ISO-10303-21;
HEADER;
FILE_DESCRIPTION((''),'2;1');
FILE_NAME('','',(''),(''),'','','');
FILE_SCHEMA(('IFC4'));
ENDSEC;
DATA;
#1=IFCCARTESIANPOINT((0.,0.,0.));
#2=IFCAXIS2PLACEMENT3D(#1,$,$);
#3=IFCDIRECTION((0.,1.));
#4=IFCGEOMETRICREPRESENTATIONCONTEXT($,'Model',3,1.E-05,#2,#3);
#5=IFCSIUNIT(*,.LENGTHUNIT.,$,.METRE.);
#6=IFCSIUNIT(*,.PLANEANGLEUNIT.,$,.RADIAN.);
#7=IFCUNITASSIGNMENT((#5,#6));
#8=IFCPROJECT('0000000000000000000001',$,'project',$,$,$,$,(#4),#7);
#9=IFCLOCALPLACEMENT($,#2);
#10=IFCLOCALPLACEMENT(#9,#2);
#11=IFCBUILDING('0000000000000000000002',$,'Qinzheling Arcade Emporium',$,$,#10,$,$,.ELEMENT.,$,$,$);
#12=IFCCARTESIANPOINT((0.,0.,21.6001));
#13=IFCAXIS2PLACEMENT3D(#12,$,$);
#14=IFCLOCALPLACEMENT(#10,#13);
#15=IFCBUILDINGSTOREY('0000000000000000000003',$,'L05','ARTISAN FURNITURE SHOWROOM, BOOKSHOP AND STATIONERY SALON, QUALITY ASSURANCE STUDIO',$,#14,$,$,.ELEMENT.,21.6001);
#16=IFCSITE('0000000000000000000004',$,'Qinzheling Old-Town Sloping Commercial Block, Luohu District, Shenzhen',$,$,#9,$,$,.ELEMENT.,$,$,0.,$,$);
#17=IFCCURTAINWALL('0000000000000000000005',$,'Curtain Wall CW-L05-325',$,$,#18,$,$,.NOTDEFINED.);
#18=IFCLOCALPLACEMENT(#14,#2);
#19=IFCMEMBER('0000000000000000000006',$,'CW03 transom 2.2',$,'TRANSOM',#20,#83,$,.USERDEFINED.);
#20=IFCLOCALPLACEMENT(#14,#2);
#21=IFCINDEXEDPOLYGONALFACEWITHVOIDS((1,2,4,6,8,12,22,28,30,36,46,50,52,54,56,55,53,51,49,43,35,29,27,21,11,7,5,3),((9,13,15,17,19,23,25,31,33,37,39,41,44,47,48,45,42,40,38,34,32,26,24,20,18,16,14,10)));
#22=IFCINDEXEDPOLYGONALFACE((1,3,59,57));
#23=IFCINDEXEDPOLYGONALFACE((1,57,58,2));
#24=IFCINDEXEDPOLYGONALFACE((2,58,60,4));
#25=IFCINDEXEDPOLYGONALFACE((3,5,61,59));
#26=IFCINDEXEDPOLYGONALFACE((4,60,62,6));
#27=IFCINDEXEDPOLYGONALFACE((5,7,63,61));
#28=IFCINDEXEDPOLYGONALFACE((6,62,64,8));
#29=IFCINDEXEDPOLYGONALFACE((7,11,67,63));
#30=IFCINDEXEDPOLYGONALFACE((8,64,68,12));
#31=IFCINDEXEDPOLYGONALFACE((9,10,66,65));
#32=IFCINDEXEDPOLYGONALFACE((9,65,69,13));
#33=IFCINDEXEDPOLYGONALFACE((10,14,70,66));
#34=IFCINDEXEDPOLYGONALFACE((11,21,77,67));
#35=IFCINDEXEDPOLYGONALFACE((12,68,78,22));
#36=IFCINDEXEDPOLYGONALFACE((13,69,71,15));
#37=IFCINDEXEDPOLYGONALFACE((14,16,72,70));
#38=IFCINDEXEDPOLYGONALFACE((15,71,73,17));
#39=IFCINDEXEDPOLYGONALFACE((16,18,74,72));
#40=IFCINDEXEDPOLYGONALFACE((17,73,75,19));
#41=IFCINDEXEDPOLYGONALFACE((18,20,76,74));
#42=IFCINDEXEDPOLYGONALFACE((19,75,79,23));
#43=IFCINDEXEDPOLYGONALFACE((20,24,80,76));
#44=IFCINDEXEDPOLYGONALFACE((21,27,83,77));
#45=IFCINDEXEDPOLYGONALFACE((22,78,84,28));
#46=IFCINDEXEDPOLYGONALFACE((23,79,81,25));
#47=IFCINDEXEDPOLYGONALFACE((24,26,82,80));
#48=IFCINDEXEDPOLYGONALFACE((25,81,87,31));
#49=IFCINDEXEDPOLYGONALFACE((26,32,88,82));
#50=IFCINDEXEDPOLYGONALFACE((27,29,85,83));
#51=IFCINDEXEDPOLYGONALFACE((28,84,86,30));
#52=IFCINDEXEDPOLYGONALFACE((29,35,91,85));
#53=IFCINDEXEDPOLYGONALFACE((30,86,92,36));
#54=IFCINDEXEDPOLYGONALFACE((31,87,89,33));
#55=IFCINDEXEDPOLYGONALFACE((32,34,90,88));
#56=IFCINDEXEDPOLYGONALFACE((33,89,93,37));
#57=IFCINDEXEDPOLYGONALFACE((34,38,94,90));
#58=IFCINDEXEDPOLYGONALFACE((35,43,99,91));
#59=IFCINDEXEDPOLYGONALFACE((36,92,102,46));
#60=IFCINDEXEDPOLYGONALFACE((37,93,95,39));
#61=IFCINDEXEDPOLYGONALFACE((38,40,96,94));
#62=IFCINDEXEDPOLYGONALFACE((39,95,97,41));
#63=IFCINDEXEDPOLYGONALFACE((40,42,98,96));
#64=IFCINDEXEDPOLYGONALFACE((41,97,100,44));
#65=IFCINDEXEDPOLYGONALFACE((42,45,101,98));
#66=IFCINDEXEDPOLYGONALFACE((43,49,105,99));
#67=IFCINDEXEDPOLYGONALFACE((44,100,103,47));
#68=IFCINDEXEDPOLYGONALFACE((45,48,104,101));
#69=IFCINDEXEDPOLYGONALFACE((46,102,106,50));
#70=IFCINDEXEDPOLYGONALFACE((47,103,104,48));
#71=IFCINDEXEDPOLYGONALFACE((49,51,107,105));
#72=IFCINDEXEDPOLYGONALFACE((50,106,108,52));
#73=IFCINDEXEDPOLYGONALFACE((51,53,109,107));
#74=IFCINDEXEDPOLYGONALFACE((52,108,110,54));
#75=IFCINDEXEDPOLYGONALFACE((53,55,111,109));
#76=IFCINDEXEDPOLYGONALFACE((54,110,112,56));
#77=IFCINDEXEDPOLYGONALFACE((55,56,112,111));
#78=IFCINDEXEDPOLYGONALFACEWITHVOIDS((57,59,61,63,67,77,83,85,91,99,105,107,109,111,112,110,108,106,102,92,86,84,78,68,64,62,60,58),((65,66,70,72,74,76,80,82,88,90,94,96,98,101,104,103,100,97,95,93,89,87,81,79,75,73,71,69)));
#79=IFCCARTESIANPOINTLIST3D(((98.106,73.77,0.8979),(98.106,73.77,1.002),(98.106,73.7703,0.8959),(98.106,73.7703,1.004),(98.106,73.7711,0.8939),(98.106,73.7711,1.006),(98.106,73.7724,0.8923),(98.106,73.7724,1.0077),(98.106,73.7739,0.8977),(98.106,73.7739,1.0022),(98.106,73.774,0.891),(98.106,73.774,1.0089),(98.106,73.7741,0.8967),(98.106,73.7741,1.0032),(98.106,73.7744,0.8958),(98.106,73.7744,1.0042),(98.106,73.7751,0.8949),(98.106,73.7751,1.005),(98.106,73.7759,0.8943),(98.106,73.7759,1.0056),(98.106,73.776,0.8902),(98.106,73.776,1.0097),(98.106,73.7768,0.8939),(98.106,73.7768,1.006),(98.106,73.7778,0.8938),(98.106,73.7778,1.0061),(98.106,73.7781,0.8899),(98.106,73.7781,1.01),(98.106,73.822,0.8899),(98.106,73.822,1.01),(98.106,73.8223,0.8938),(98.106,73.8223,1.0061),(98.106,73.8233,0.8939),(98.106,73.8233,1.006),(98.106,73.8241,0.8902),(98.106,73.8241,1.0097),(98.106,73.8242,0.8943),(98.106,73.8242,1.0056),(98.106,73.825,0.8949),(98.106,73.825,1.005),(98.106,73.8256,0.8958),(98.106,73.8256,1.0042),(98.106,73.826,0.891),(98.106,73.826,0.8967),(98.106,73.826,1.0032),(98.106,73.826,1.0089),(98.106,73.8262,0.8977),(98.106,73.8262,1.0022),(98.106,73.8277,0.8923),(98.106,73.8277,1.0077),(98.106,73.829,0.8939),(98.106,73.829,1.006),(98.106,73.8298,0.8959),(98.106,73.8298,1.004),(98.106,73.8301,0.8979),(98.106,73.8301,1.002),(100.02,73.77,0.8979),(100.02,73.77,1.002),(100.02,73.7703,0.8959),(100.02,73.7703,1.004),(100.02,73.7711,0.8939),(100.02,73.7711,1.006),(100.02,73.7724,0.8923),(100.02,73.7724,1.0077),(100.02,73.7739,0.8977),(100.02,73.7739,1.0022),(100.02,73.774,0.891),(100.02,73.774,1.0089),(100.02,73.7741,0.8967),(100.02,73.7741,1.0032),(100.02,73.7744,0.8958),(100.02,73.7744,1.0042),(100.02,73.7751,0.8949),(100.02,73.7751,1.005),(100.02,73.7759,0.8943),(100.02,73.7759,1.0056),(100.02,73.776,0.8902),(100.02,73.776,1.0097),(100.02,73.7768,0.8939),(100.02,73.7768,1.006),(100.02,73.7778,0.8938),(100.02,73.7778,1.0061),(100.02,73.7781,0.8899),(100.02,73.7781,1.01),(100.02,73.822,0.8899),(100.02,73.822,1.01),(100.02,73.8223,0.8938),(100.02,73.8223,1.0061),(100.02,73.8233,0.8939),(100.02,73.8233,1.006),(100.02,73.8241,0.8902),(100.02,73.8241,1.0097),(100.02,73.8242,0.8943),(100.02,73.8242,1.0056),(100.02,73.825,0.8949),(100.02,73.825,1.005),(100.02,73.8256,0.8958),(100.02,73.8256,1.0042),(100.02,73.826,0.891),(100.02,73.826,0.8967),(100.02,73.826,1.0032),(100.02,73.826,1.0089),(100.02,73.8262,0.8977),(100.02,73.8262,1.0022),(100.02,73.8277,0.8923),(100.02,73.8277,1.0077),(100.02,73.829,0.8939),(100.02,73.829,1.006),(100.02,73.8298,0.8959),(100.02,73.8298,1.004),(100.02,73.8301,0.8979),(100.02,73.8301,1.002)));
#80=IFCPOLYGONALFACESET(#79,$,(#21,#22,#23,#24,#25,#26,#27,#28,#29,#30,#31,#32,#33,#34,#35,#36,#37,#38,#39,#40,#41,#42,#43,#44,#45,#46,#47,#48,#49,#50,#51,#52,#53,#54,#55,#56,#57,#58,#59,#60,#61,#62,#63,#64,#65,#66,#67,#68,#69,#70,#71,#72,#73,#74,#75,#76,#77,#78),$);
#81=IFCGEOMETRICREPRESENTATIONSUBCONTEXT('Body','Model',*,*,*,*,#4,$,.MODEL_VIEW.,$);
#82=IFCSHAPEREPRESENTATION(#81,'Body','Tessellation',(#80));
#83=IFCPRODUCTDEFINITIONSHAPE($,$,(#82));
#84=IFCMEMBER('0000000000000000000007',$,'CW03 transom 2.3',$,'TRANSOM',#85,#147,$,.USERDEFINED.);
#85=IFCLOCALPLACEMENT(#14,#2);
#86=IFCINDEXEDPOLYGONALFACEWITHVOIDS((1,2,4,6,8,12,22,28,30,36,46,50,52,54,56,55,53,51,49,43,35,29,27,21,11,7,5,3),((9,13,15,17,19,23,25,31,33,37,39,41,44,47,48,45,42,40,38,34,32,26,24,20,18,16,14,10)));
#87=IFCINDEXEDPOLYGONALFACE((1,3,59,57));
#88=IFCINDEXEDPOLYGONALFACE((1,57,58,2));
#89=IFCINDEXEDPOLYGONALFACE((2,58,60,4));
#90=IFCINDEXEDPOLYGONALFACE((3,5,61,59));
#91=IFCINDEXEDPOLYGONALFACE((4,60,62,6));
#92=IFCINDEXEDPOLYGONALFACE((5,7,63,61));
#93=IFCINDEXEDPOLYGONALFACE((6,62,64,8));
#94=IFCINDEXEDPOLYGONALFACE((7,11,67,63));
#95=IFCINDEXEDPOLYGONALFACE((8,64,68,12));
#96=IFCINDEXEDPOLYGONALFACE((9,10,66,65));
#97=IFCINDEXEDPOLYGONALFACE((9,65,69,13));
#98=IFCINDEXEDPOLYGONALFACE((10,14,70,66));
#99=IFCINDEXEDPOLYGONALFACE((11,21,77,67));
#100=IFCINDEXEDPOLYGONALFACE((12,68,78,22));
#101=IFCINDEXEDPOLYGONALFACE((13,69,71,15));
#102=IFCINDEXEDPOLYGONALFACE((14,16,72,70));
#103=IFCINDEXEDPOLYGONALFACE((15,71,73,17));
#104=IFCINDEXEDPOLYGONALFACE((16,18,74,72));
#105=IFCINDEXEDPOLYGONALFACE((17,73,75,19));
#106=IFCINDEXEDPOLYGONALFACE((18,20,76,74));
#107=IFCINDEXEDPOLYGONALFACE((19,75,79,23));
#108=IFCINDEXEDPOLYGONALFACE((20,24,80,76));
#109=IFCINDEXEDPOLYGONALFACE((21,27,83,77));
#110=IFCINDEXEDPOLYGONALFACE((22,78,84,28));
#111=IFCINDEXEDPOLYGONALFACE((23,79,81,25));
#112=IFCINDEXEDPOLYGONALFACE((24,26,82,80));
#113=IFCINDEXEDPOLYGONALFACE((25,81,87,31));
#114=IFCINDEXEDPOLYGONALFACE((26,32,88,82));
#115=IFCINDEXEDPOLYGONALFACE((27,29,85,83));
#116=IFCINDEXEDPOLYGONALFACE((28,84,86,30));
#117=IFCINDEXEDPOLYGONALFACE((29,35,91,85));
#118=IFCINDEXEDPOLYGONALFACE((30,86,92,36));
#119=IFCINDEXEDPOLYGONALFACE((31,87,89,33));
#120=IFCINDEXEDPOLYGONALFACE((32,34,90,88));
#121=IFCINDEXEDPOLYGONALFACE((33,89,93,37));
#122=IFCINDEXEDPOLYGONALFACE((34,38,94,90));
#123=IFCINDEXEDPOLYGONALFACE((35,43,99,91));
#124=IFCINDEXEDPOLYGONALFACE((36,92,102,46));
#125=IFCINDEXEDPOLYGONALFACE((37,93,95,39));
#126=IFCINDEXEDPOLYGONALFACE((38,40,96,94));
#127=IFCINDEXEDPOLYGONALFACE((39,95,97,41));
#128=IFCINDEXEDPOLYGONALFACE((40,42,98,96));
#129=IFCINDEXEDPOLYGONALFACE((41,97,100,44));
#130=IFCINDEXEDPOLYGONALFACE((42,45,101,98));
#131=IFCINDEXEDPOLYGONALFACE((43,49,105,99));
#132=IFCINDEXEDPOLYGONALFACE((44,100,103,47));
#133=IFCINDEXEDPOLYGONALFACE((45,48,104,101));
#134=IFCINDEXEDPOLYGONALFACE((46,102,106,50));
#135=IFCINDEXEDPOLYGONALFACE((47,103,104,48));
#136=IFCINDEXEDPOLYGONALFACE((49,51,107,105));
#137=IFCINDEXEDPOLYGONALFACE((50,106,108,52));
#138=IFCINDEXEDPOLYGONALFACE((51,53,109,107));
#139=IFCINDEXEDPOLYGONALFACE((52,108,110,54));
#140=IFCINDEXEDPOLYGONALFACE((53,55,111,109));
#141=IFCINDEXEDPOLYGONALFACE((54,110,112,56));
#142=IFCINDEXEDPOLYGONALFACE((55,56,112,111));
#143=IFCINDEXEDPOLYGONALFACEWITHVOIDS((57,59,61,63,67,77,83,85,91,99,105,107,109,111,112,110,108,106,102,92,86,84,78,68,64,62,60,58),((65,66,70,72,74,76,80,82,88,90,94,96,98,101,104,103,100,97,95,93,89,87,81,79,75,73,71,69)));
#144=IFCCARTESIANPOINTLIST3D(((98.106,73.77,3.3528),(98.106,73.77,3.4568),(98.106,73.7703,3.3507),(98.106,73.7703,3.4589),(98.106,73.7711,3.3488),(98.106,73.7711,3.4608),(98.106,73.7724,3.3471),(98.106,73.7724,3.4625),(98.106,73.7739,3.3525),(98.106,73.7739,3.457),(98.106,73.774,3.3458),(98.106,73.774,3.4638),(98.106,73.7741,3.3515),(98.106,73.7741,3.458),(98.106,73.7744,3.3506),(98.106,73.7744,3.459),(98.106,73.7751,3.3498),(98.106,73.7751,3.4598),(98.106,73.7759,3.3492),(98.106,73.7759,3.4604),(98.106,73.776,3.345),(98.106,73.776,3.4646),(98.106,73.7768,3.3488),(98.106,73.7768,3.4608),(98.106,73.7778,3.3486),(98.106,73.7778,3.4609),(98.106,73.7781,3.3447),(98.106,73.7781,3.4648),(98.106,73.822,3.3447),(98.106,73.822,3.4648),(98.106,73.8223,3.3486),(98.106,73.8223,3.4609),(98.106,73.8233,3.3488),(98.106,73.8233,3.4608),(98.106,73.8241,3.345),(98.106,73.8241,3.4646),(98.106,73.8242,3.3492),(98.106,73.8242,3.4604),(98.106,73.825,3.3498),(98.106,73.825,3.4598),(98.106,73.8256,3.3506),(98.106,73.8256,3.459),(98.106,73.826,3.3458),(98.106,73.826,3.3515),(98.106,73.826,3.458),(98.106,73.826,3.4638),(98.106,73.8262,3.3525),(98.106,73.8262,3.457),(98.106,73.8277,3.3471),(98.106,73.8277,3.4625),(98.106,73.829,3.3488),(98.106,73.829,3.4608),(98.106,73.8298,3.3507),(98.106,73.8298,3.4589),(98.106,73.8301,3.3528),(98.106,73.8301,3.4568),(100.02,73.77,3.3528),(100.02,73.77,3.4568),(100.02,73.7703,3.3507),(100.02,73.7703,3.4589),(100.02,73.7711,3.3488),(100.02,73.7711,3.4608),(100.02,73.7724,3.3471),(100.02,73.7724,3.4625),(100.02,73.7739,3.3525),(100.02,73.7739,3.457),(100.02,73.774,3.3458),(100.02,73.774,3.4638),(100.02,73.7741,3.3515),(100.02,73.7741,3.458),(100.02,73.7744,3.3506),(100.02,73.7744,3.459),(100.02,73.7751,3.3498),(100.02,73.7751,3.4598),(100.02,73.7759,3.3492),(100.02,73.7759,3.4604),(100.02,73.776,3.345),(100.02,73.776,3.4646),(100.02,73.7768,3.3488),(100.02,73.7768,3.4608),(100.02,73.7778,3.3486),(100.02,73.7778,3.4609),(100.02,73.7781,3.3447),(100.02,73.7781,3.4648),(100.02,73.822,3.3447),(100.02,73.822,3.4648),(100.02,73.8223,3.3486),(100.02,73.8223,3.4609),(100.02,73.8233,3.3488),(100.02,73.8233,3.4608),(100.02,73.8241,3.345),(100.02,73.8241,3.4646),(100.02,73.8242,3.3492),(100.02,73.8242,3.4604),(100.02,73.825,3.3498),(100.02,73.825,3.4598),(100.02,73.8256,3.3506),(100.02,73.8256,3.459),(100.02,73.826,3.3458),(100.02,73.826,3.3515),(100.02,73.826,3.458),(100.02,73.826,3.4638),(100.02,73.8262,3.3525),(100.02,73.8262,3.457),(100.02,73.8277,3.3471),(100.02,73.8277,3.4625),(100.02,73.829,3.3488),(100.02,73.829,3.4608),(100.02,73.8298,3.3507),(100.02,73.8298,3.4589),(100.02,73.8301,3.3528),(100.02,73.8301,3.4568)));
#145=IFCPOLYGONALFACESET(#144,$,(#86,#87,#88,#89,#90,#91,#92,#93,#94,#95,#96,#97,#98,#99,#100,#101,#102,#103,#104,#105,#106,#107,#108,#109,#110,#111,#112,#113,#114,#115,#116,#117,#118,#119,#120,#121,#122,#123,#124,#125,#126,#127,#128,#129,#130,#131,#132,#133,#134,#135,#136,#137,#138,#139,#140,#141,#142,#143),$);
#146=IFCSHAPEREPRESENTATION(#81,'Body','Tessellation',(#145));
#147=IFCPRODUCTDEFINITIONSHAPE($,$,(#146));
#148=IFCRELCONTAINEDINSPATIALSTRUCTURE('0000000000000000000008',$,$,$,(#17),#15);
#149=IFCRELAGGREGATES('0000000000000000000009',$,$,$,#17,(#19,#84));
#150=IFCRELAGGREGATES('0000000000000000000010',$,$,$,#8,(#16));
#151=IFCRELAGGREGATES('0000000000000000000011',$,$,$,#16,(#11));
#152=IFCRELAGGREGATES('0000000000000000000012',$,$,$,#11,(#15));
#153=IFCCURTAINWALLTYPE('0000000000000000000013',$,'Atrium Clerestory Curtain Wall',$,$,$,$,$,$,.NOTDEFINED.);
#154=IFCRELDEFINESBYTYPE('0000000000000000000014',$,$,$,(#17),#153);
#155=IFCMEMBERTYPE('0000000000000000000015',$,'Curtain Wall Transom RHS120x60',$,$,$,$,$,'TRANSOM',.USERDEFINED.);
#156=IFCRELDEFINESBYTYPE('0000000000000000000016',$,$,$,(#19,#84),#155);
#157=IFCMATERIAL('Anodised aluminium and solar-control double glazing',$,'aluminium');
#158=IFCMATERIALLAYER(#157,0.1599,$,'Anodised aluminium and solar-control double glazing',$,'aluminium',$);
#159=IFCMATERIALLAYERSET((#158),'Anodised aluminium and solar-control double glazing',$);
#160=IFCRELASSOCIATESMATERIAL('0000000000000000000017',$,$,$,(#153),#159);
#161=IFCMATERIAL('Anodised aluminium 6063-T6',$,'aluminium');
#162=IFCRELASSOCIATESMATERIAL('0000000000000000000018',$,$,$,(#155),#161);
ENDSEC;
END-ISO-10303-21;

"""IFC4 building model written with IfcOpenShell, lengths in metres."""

from ifc_helpers import new_model, si_unit, direction, frame, origin, origin_2d, place, context, subcontext, project, spatial, hollow_rectangle, extrude, material, layer, layer_set, material_profile, profile_set, type_object, element, aggregate, save


model = new_model("IFC4")

# Units and contexts
model_context = context("Model", 3, precision=1e-05, world=origin(), true_north=direction((0.0, 1.0)))
body_context = subcontext(model_context, "Body", "Model", "MODEL_VIEW")
ifc_project = project(units=[si_unit("LENGTHUNIT", "METRE"), si_unit("PLANEANGLEUNIT", "RADIAN")], contexts=[model_context])

# Site, building, storey
site_placement = place(None, origin())
site = spatial("IfcSite", under=ifc_project, at=site_placement, Name="Qinzheling Old-Town Sloping Commercial Block, Luohu District, Shenzhen", CompositionType="ELEMENT", RefElevation=0.0)
building_placement = place(site_placement, origin())
building = spatial("IfcBuilding", under=site, at=building_placement, Name="Qinzheling Arcade Emporium", CompositionType="ELEMENT")
storey_placement = place(building_placement, frame((0.0, 0.0, 21.6001)))
storey = spatial("IfcBuildingStorey", under=building, at=storey_placement, Name="L05", Description="ARTISAN FURNITURE SHOWROOM, BOOKSHOP AND STATIONERY SALON, QUALITY ASSURANCE STUDIO", CompositionType="ELEMENT", Elevation=21.6001)

# Shared definitions
ifc_material_1 = material(Name="Anodised aluminium and solar-control double glazing", Category="aluminium")
ifc_layer_1 = layer(ifc_material_1, 0.1599, Name="Anodised aluminium and solar-control double glazing", Category="aluminium")
ifc_layer_set_1 = layer_set([ifc_layer_1], Name="Anodised aluminium and solar-control double glazing")
curtain_wall_type = type_object("IfcCurtainWallType", Name="Atrium Clerestory Curtain Wall", PredefinedType="NOTDEFINED", material=ifc_layer_set_1)
ifc_material_2 = material(Name="Anodised aluminium 6063-T6", Category="aluminium")

# Curtain wall, members
curtain_wall_1_placement = place(storey_placement, origin())
curtain_wall_1 = element("IfcCurtainWall", 1, at=curtain_wall_1_placement, inside=storey, type_object=curtain_wall_type, Name="Curtain Wall CW-L05-325", PredefinedType="NOTDEFINED")
ifc_material_profile_1 = material_profile(ifc_material_2, hollow_rectangle(XDim=0.0601, YDim=0.1201, WallThickness=0.0039, InnerFilletRadius=0.0039, OuterFilletRadius=0.0081, at=origin_2d()), Name="RHS 120x60x4", Category="aluminium")
ifc_profile_set_1 = profile_set([ifc_material_profile_1], Name="Anodised aluminium 6063-T6")
member_type_1 = type_object("IfcMemberType", Name="Curtain Wall Transom RHS120x60", ElementType="TRANSOM", PredefinedType="USERDEFINED", material=ifc_profile_set_1)
member_1_placement = place(storey_placement, frame((98.106, 73.8, 0.95), z_axis=(1.0, 0.0, 0.0), x_axis=(0.0, 1.0, 0.0)))
member_1 = element("IfcMember", 2, at=member_1_placement, type_object=member_type_1, Name="CW03 transom 2.2", ObjectType="TRANSOM", PredefinedType="USERDEFINED", context=body_context, shape_type="SweptSolid", body=[
    extrude(hollow_rectangle(XDim=0.0601, YDim=0.1201, WallThickness=0.0039, InnerFilletRadius=0.0039, OuterFilletRadius=0.0081, at=origin_2d()), origin(), (0.0, 0.0, 1.0), 1.9141),
])
member_2_placement = place(storey_placement, frame((98.106, 73.8, 3.4048), z_axis=(1.0, 0.0, 0.0), x_axis=(0.0, 1.0, 0.0)))
member_2 = element("IfcMember", 3, at=member_2_placement, type_object=member_type_1, Name="CW03 transom 2.3", ObjectType="TRANSOM", PredefinedType="USERDEFINED", context=body_context, shape_type="SweptSolid", body=[
    extrude(hollow_rectangle(XDim=0.0601, YDim=0.1201, WallThickness=0.0039, InnerFilletRadius=0.0039, OuterFilletRadius=0.0081, at=origin_2d()), origin(), (0.0, 0.0, 1.0), 1.9141),
])

aggregate(curtain_wall_1, [member_1, member_2])

save(model, "model.ifc")
